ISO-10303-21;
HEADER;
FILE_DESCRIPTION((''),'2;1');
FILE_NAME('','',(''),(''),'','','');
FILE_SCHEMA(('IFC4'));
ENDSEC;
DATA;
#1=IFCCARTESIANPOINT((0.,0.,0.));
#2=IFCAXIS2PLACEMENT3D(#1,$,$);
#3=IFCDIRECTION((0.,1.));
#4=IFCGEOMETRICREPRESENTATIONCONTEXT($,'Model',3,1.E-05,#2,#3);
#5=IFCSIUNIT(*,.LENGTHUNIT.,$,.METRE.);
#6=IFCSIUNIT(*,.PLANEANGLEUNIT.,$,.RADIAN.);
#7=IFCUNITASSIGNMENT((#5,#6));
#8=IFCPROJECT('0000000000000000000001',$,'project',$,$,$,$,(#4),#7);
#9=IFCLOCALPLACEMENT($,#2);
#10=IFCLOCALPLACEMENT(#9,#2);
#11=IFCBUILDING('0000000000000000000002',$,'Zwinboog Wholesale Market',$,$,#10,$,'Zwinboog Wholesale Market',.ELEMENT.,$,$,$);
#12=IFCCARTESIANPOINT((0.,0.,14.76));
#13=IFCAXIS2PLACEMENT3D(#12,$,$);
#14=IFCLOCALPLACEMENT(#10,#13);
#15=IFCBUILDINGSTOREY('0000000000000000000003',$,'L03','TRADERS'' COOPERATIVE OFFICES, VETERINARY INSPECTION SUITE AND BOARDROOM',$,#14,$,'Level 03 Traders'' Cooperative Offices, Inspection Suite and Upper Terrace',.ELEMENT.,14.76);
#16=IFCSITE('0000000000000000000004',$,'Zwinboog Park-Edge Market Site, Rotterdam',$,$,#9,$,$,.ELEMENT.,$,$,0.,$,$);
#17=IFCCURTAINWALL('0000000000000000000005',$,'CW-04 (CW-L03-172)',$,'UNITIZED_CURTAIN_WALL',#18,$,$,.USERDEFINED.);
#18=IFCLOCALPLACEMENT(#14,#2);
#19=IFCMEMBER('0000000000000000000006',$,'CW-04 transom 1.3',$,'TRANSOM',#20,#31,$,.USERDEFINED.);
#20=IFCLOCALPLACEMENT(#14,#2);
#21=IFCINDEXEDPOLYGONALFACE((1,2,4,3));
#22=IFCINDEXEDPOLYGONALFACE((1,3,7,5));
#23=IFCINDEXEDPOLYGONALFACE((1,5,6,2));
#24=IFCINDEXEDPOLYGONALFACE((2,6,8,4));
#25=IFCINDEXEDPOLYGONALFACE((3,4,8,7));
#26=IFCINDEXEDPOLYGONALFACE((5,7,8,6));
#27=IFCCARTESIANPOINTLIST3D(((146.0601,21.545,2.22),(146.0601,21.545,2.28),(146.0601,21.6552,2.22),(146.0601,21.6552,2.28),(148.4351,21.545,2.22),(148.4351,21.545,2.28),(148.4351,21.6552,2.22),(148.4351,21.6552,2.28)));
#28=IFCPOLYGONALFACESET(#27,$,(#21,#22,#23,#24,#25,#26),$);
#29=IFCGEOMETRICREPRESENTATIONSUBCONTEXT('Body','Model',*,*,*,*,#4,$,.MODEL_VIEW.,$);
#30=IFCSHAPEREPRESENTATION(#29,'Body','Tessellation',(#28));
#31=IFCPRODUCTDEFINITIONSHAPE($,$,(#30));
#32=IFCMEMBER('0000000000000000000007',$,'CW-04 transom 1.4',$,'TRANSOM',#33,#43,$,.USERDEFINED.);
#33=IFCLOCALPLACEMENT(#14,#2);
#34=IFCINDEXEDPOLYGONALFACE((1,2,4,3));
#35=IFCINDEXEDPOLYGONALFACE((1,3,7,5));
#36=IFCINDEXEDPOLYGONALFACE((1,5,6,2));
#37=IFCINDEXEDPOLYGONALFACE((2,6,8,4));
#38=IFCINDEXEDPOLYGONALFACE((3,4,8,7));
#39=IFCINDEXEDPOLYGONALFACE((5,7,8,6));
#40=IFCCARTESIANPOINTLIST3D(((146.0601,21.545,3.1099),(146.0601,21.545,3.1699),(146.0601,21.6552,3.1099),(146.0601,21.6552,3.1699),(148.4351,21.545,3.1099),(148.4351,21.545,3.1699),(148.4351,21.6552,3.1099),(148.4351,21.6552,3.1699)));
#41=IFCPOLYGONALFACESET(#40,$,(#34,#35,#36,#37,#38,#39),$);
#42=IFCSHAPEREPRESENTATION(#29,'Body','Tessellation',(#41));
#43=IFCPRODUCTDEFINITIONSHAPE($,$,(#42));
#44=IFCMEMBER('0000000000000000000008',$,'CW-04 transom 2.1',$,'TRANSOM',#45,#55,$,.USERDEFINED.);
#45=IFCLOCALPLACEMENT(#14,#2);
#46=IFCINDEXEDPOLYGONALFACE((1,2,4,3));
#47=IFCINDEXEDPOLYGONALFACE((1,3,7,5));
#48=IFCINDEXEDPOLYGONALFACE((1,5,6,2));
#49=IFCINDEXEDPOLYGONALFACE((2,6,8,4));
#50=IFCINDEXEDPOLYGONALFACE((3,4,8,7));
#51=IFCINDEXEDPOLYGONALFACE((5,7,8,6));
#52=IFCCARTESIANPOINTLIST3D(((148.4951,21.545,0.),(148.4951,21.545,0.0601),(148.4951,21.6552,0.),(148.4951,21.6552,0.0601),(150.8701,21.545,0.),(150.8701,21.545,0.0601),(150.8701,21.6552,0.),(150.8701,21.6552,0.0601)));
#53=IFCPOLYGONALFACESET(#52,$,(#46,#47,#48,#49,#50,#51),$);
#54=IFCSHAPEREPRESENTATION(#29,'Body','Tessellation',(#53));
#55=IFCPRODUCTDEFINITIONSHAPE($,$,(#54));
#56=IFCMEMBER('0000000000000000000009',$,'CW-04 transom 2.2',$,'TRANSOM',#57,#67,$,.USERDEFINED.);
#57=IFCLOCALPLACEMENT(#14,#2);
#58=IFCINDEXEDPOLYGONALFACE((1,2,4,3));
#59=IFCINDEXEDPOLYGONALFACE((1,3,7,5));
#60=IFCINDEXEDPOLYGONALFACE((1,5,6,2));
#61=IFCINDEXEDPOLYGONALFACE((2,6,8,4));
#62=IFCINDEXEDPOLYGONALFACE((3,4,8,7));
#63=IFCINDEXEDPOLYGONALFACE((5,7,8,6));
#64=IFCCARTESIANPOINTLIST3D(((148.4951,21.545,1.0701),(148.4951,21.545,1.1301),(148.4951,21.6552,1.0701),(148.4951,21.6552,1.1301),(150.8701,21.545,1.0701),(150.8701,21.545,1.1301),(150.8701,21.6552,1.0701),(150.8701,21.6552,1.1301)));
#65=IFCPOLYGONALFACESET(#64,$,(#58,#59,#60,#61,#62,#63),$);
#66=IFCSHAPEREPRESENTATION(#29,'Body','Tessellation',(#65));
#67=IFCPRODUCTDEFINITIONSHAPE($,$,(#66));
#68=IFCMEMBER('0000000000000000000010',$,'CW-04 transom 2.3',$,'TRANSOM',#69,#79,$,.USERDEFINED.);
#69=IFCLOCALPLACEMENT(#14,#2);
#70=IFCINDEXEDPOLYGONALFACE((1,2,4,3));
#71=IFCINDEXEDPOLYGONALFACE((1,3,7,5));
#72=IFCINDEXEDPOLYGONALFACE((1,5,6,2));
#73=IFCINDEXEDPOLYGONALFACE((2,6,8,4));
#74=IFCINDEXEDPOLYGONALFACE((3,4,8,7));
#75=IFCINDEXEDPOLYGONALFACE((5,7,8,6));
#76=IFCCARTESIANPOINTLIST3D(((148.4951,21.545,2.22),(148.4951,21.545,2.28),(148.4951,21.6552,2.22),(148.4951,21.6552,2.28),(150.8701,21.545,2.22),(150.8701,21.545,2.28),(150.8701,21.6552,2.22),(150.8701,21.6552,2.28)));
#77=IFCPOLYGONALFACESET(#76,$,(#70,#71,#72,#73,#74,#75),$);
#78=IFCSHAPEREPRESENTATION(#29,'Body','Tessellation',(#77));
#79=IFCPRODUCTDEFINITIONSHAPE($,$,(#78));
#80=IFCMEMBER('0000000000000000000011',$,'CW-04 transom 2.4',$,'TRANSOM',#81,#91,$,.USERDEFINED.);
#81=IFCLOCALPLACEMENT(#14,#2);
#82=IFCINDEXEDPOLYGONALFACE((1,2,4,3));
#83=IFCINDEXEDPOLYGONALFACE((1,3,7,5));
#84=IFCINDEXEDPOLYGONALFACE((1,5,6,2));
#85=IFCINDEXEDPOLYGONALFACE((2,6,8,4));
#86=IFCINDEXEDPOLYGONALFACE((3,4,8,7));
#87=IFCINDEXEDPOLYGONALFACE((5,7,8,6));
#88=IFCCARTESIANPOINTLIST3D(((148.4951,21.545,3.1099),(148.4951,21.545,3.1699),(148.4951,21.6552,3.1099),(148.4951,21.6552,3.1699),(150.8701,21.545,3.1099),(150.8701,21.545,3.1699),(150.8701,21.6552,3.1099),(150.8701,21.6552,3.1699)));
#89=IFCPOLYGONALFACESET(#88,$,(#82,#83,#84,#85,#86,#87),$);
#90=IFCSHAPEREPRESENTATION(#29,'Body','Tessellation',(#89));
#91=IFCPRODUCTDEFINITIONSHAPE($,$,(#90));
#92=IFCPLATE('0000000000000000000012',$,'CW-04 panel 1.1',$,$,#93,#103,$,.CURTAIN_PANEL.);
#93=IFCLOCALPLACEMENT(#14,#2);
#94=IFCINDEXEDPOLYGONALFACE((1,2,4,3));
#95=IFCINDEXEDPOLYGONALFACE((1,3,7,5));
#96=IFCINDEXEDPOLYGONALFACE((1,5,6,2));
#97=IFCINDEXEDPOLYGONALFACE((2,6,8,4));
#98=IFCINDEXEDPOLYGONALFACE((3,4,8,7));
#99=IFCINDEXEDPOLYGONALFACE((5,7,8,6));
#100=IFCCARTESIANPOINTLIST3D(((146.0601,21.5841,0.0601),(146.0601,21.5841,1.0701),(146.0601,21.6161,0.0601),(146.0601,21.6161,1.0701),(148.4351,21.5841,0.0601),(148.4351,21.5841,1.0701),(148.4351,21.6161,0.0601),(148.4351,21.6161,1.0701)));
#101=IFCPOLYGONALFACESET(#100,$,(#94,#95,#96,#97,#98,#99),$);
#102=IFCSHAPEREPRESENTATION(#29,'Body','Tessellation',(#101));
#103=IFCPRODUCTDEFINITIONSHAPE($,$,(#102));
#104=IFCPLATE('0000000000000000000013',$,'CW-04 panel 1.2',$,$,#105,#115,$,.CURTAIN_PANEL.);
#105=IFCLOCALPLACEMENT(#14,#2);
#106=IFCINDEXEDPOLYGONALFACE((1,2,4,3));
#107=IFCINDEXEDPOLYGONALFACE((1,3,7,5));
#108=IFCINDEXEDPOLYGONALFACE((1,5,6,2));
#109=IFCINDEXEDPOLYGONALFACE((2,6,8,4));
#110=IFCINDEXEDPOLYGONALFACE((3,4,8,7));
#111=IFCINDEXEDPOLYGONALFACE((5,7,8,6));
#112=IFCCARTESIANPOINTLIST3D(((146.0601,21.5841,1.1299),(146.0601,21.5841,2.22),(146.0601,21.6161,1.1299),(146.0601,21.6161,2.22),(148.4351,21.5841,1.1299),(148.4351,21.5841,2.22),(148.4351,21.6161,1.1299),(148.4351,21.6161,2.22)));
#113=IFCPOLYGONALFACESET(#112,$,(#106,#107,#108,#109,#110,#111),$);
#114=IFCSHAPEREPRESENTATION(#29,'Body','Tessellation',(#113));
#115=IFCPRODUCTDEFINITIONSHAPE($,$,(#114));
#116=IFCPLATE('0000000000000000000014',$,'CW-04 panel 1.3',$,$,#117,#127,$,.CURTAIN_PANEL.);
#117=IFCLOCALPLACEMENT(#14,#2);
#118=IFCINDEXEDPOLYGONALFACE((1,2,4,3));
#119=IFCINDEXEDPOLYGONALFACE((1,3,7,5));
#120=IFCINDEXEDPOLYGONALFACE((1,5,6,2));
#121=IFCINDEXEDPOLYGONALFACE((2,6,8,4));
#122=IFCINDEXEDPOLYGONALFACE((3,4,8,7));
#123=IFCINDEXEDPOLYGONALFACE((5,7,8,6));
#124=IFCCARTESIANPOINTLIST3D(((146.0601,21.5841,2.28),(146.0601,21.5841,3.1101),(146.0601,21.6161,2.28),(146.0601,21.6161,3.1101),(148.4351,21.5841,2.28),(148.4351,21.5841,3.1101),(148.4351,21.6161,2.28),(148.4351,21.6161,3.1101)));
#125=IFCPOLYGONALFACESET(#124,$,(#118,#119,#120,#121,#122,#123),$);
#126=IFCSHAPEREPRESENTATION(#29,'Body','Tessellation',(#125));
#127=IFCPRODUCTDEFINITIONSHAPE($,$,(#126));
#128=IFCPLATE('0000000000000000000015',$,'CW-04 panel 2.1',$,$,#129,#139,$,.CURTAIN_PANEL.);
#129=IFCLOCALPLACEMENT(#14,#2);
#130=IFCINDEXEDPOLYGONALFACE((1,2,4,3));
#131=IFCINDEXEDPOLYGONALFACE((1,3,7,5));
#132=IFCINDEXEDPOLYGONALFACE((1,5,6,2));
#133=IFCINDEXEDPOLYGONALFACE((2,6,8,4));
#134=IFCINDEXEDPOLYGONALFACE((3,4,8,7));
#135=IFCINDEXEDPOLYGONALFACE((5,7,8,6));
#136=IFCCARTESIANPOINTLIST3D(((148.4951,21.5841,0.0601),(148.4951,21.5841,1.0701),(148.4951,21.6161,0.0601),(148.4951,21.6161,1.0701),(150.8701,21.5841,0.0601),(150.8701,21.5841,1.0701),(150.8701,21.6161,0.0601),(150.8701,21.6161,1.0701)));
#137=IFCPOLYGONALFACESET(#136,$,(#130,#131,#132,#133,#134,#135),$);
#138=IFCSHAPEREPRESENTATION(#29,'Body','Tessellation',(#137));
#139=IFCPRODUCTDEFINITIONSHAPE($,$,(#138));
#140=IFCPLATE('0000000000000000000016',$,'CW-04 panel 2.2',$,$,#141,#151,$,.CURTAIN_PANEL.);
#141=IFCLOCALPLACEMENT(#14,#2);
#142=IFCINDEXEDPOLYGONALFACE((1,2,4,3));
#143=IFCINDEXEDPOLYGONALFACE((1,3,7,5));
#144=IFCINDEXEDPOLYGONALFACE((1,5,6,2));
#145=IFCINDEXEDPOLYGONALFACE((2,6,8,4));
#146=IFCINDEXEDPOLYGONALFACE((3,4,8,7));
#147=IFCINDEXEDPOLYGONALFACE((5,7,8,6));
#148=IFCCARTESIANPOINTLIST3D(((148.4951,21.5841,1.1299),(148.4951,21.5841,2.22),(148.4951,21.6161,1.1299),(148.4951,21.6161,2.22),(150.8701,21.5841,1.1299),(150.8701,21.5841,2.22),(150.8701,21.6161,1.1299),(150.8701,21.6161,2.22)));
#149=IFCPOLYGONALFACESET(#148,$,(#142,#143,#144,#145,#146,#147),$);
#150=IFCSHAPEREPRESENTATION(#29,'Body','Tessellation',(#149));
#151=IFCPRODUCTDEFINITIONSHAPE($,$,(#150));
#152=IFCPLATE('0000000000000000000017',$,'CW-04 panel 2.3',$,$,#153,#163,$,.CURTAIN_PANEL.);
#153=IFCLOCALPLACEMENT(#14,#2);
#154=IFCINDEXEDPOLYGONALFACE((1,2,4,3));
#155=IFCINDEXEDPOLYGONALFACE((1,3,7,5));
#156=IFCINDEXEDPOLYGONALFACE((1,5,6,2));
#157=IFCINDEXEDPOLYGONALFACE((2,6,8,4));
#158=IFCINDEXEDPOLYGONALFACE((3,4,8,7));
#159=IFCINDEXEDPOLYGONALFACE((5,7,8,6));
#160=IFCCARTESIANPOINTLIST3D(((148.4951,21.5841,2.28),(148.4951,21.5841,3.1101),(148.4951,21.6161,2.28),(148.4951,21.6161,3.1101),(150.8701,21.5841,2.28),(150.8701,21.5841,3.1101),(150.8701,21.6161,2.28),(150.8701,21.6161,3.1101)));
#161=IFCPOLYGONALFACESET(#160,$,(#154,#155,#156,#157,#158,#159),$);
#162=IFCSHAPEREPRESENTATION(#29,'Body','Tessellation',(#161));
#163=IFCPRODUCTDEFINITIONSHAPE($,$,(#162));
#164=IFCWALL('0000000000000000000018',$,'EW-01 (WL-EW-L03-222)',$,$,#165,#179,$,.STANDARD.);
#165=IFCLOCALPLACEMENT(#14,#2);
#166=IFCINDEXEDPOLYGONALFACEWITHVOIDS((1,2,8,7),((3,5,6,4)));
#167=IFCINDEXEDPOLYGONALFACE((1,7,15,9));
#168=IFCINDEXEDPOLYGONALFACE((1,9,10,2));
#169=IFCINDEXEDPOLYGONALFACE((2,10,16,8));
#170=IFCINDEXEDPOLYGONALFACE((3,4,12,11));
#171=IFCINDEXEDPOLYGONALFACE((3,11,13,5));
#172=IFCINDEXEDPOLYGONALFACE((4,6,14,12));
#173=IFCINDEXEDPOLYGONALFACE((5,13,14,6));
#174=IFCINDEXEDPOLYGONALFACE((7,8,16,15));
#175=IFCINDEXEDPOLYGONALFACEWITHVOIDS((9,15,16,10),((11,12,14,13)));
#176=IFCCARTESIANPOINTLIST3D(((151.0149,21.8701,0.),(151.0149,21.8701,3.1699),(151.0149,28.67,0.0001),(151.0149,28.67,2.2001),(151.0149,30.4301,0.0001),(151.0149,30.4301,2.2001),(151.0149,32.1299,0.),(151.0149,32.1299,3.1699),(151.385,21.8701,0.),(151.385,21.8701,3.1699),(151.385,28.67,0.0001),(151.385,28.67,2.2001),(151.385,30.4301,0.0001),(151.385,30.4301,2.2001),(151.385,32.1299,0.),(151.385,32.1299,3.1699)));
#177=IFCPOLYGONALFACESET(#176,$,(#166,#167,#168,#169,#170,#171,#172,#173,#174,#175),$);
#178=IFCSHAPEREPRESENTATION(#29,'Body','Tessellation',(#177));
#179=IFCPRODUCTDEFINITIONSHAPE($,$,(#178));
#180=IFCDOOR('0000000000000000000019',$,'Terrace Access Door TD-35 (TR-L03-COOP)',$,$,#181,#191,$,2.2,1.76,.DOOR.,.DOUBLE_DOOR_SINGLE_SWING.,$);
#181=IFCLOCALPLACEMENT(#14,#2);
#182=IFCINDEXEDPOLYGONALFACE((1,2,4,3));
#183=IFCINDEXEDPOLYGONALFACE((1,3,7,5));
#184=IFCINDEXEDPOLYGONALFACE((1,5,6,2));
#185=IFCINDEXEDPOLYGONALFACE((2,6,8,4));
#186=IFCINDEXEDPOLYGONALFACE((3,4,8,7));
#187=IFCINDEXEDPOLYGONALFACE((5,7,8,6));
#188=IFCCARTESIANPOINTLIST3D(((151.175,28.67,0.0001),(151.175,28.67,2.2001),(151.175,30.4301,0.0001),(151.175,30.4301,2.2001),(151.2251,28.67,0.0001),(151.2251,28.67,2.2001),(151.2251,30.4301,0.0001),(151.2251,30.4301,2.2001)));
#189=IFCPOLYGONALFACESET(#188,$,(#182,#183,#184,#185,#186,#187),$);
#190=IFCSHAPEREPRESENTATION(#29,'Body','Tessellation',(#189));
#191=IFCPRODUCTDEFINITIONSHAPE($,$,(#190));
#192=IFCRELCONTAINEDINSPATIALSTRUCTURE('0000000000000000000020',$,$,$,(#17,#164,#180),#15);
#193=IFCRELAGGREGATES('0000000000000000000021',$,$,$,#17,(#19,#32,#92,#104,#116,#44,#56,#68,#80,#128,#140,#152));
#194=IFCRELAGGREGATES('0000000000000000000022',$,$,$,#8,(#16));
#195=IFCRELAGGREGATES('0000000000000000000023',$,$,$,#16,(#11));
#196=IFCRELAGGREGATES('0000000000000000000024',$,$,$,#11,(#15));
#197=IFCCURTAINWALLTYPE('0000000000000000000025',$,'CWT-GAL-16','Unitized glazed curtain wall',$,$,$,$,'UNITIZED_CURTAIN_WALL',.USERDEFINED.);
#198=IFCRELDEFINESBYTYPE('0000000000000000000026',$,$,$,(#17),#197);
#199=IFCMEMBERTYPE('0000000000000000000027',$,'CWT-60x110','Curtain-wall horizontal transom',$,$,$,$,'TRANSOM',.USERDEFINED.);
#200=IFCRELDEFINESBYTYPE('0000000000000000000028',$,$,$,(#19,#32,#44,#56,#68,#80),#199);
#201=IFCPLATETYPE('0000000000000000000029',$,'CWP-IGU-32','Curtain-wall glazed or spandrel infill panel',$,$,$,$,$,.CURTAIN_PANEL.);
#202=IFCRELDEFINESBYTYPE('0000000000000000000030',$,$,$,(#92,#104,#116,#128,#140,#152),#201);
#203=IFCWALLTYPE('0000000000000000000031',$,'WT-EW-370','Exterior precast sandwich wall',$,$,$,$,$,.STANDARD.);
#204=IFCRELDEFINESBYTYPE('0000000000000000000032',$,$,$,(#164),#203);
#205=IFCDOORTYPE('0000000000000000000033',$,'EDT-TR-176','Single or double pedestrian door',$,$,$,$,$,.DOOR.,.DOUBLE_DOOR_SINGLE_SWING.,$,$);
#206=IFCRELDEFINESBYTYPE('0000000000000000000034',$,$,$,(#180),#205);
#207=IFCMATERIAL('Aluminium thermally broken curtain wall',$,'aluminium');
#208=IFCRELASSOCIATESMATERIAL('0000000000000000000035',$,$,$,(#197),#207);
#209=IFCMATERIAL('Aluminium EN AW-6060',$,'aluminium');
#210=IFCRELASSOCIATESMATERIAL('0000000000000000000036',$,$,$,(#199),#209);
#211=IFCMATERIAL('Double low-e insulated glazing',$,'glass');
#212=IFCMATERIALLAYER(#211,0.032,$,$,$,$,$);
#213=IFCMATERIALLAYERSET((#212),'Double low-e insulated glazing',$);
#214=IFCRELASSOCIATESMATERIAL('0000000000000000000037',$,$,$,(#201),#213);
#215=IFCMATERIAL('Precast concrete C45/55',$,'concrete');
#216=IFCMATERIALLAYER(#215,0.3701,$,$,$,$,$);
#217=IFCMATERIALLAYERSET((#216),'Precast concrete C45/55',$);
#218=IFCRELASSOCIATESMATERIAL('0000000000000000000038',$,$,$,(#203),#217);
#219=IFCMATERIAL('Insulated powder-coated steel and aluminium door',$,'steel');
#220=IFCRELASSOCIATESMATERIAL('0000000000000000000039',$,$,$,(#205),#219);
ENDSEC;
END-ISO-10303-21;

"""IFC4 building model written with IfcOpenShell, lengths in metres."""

from ifc_helpers import new_model, si_unit, direction, frame, frame_2d, origin, origin_2d, place, context, subcontext, project, spatial, rectangle, extrude, material, layer, layer_set, material_profile, profile_set, type_object, element, fill, aggregate, save


model = new_model("IFC4")

# Units and contexts
model_context = context("Model", 3, precision=1e-05, world=origin(), true_north=direction((0.0, 1.0)))
body_context = subcontext(model_context, "Body", "Model", "MODEL_VIEW")
ifc_project = project(units=[si_unit("LENGTHUNIT", "METRE"), si_unit("PLANEANGLEUNIT", "RADIAN")], contexts=[model_context])

# Site, building, storey
site_placement = place(None, origin())
site = spatial("IfcSite", under=ifc_project, at=site_placement, Name="Zwinboog Park-Edge Market Site, Rotterdam", CompositionType="ELEMENT", RefElevation=0.0)
building_placement = place(site_placement, origin())
building = spatial("IfcBuilding", under=site, at=building_placement, Name="Zwinboog Wholesale Market", LongName="Zwinboog Wholesale Market", CompositionType="ELEMENT")
storey_placement = place(building_placement, frame((0.0, 0.0, 14.76)))
storey = spatial("IfcBuildingStorey", under=building, at=storey_placement, Name="L03", Description="TRADERS' COOPERATIVE OFFICES, VETERINARY INSPECTION SUITE AND BOARDROOM", LongName="Level 03 Traders' Cooperative Offices, Inspection Suite and Upper Terrace", CompositionType="ELEMENT", Elevation=14.76)

# Shared definitions
ifc_material_1 = material(Name="Precast concrete C45/55", Category="concrete")

# Curtain wall, members, plates
ifc_material_2 = material(Name="Aluminium thermally broken curtain wall", Category="aluminium")
curtain_wall_type = type_object("IfcCurtainWallType", Name="CWT-GAL-16", Description="Unitized glazed curtain wall", ElementType="UNITIZED_CURTAIN_WALL", PredefinedType="USERDEFINED", material=ifc_material_2)
curtain_wall_placement = place(storey_placement, origin())
curtain_wall = element("IfcCurtainWall", 1, at=curtain_wall_placement, inside=storey, type_object=curtain_wall_type, Name="CW-04 (CW-L03-172)", ObjectType="UNITIZED_CURTAIN_WALL", PredefinedType="USERDEFINED")
ifc_material_3 = material(Name="Aluminium EN AW-6060", Category="aluminium")
ifc_material_profile_1 = material_profile(ifc_material_3, rectangle(XDim=0.1101, YDim=0.0601, at=origin_2d()), Name="AL 60x110")
ifc_profile_set_1 = profile_set([ifc_material_profile_1], Name="Aluminium EN AW-6060")
member_type_1 = type_object("IfcMemberType", Name="CWT-60x110", Description="Curtain-wall horizontal transom", ElementType="TRANSOM", PredefinedType="USERDEFINED", material=ifc_profile_set_1)
member_1_placement = place(storey_placement, frame((146.0601, 21.6001, 2.25), z_axis=(1.0, 0.0, 0.0), x_axis=(0.0, 1.0, 0.0)))
member_1 = element("IfcMember", 2, at=member_1_placement, type_object=member_type_1, Name="CW-04 transom 1.3", ObjectType="TRANSOM", PredefinedType="USERDEFINED", context=body_context, shape_type="SweptSolid", body=[
    extrude(rectangle(XDim=0.1101, YDim=0.0601, at=origin_2d()), origin(), (0.0, 0.0, 1.0), 2.375),
])
member_2_placement = place(storey_placement, frame((146.0601, 21.6001, 3.1399), z_axis=(1.0, 0.0, 0.0), x_axis=(0.0, 1.0, 0.0)))
member_2 = element("IfcMember", 3, at=member_2_placement, type_object=member_type_1, Name="CW-04 transom 1.4", ObjectType="TRANSOM", PredefinedType="USERDEFINED", context=body_context, shape_type="SweptSolid", body=[
    extrude(rectangle(XDim=0.1101, YDim=0.0601, at=origin_2d()), origin(), (0.0, 0.0, 1.0), 2.375),
])
member_3_placement = place(storey_placement, frame((148.4951, 21.6001, 0.03), z_axis=(1.0, 0.0, 0.0), x_axis=(0.0, 1.0, 0.0)))
member_3 = element("IfcMember", 4, at=member_3_placement, type_object=member_type_1, Name="CW-04 transom 2.1", ObjectType="TRANSOM", PredefinedType="USERDEFINED", context=body_context, shape_type="SweptSolid", body=[
    extrude(rectangle(XDim=0.1101, YDim=0.0601, at=origin_2d()), origin(), (0.0, 0.0, 1.0), 2.375),
])
member_4_placement = place(storey_placement, frame((148.4951, 21.6001, 1.1001), z_axis=(1.0, 0.0, 0.0), x_axis=(0.0, 1.0, 0.0)))
member_4 = element("IfcMember", 5, at=member_4_placement, type_object=member_type_1, Name="CW-04 transom 2.2", ObjectType="TRANSOM", PredefinedType="USERDEFINED", context=body_context, shape_type="SweptSolid", body=[
    extrude(rectangle(XDim=0.1101, YDim=0.0601, at=origin_2d()), origin(), (0.0, 0.0, 1.0), 2.375),
])
member_5_placement = place(storey_placement, frame((148.4951, 21.6001, 2.25), z_axis=(1.0, 0.0, 0.0), x_axis=(0.0, 1.0, 0.0)))
member_5 = element("IfcMember", 6, at=member_5_placement, type_object=member_type_1, Name="CW-04 transom 2.3", ObjectType="TRANSOM", PredefinedType="USERDEFINED", context=body_context, shape_type="SweptSolid", body=[
    extrude(rectangle(XDim=0.1101, YDim=0.0601, at=origin_2d()), origin(), (0.0, 0.0, 1.0), 2.375),
])
member_6_placement = place(storey_placement, frame((148.4951, 21.6001, 3.1399), z_axis=(1.0, 0.0, 0.0), x_axis=(0.0, 1.0, 0.0)))
member_6 = element("IfcMember", 7, at=member_6_placement, type_object=member_type_1, Name="CW-04 transom 2.4", ObjectType="TRANSOM", PredefinedType="USERDEFINED", context=body_context, shape_type="SweptSolid", body=[
    extrude(rectangle(XDim=0.1101, YDim=0.0601, at=origin_2d()), origin(), (0.0, 0.0, 1.0), 2.375),
])
ifc_material_4 = material(Name="Double low-e insulated glazing", Category="glass")
ifc_layer_1 = layer(ifc_material_4, 0.032)
ifc_layer_set_1 = layer_set([ifc_layer_1], Name="Double low-e insulated glazing")
plate_type = type_object("IfcPlateType", Name="CWP-IGU-32", Description="Curtain-wall glazed or spandrel infill panel", PredefinedType="CURTAIN_PANEL", material=ifc_layer_set_1)
plate_1_placement = place(storey_placement, frame((147.2476, 21.6001, 0.0601), z_axis=(0.0, 0.0, 1.0), x_axis=(1.0, 0.0, 0.0)))
plate_1 = element("IfcPlate", 8, at=plate_1_placement, type_object=plate_type, Name="CW-04 panel 1.1", PredefinedType="CURTAIN_PANEL", context=body_context, shape_type="SweptSolid", body=[
    extrude(rectangle(XDim=2.375, YDim=0.032, at=origin_2d()), origin(), (0.0, 0.0, 1.0), 1.01),
])
plate_2_placement = place(storey_placement, frame((147.2476, 21.6001, 1.1299), z_axis=(0.0, 0.0, 1.0), x_axis=(1.0, 0.0, 0.0)))
plate_2 = element("IfcPlate", 9, at=plate_2_placement, type_object=plate_type, Name="CW-04 panel 1.2", PredefinedType="CURTAIN_PANEL", context=body_context, shape_type="SweptSolid", body=[
    extrude(rectangle(XDim=2.375, YDim=0.032, at=origin_2d()), origin(), (0.0, 0.0, 1.0), 1.0901),
])
plate_3_placement = place(storey_placement, frame((147.2476, 21.6001, 2.28), z_axis=(0.0, 0.0, 1.0), x_axis=(1.0, 0.0, 0.0)))
plate_3 = element("IfcPlate", 10, at=plate_3_placement, type_object=plate_type, Name="CW-04 panel 1.3", PredefinedType="CURTAIN_PANEL", context=body_context, shape_type="SweptSolid", body=[
    extrude(rectangle(XDim=2.375, YDim=0.032, at=origin_2d()), origin(), (0.0, 0.0, 1.0), 0.8301),
])
plate_4_placement = place(storey_placement, frame((149.6826, 21.6001, 0.0601), z_axis=(0.0, 0.0, 1.0), x_axis=(1.0, 0.0, 0.0)))
plate_4 = element("IfcPlate", 11, at=plate_4_placement, type_object=plate_type, Name="CW-04 panel 2.1", PredefinedType="CURTAIN_PANEL", context=body_context, shape_type="SweptSolid", body=[
    extrude(rectangle(XDim=2.375, YDim=0.032, at=origin_2d()), origin(), (0.0, 0.0, 1.0), 1.01),
])
plate_5_placement = place(storey_placement, frame((149.6826, 21.6001, 1.1299), z_axis=(0.0, 0.0, 1.0), x_axis=(1.0, 0.0, 0.0)))
plate_5 = element("IfcPlate", 12, at=plate_5_placement, type_object=plate_type, Name="CW-04 panel 2.2", PredefinedType="CURTAIN_PANEL", context=body_context, shape_type="SweptSolid", body=[
    extrude(rectangle(XDim=2.375, YDim=0.032, at=origin_2d()), origin(), (0.0, 0.0, 1.0), 1.0901),
])
plate_6_placement = place(storey_placement, frame((149.6826, 21.6001, 2.28), z_axis=(0.0, 0.0, 1.0), x_axis=(1.0, 0.0, 0.0)))
plate_6 = element("IfcPlate", 13, at=plate_6_placement, type_object=plate_type, Name="CW-04 panel 2.3", PredefinedType="CURTAIN_PANEL", context=body_context, shape_type="SweptSolid", body=[
    extrude(rectangle(XDim=2.375, YDim=0.032, at=origin_2d()), origin(), (0.0, 0.0, 1.0), 0.8301),
])
aggregate(curtain_wall, [member_1, member_2, plate_1, plate_2, plate_3, member_3, member_4, member_5, member_6, plate_4, plate_5, plate_6])

# Wall, opening, door
ifc_layer_2 = layer(ifc_material_1, 0.3701)
ifc_layer_set_2 = layer_set([ifc_layer_2], Name="Precast concrete C45/55")
wall_type_1 = type_object("IfcWallType", Name="WT-EW-370", Description="Exterior precast sandwich wall", PredefinedType="STANDARD", material=ifc_layer_set_2)
wall_1_placement = place(storey_placement, frame((151.2, 21.8701, 0.0), z_axis=(0.0, 0.0, 1.0), x_axis=(0.0, 1.0, 0.0)))
wall_1 = element("IfcWall", 14, at=wall_1_placement, inside=storey, type_object=wall_type_1, Name="EW-01 (WL-EW-L03-222)", PredefinedType="STANDARD", context=body_context, shape_type="SweptSolid", body=[
    extrude(rectangle(XDim=10.2598, YDim=0.3701, at=frame_2d((5.1299, 0.0))), origin(), (0.0, 0.0, 1.0), 3.1699),
])
opening_placement = place(wall_1_placement, frame((6.8, 0.0, 0.0)))
opening = element("IfcOpeningElement", 15, at=opening_placement, cuts=wall_1, PredefinedType="OPENING", context=body_context, shape_type="SweptSolid", body=[
    extrude(rectangle(XDim=1.76, YDim=2.2, at=frame_2d((0.8799, 1.1001))), frame((0.0, 0.1951, 0.0), z_axis=(0.0, -1.0, 0.0), x_axis=(1.0, 0.0, 0.0)), (0.0, 0.0, 1.0), 0.3901),
])
ifc_material_5 = material(Name="Insulated powder-coated steel and aluminium door", Category="steel")
door_type = type_object("IfcDoorType", Name="EDT-TR-176", Description="Single or double pedestrian door", OperationType="DOUBLE_DOOR_SINGLE_SWING", PredefinedType="DOOR", material=ifc_material_5)
door_placement = place(opening_placement, origin())
door = element("IfcDoor", 16, at=door_placement, inside=storey, type_object=door_type, Name="Terrace Access Door TD-35 (TR-L03-COOP)", OperationType="DOUBLE_DOOR_SINGLE_SWING", OverallHeight=2.2, OverallWidth=1.76, PredefinedType="DOOR", context=body_context, shape_type="SweptSolid", body=[
    extrude(rectangle(XDim=1.76, YDim=2.2, at=frame_2d((0.8799, 1.1001))), frame((0.0, 0.0249, 0.0), z_axis=(0.0, -1.0, 0.0), x_axis=(1.0, 0.0, 0.0)), (0.0, 0.0, 1.0), 0.05),
])
fill(opening, door)

save(model, "model.ifc")
